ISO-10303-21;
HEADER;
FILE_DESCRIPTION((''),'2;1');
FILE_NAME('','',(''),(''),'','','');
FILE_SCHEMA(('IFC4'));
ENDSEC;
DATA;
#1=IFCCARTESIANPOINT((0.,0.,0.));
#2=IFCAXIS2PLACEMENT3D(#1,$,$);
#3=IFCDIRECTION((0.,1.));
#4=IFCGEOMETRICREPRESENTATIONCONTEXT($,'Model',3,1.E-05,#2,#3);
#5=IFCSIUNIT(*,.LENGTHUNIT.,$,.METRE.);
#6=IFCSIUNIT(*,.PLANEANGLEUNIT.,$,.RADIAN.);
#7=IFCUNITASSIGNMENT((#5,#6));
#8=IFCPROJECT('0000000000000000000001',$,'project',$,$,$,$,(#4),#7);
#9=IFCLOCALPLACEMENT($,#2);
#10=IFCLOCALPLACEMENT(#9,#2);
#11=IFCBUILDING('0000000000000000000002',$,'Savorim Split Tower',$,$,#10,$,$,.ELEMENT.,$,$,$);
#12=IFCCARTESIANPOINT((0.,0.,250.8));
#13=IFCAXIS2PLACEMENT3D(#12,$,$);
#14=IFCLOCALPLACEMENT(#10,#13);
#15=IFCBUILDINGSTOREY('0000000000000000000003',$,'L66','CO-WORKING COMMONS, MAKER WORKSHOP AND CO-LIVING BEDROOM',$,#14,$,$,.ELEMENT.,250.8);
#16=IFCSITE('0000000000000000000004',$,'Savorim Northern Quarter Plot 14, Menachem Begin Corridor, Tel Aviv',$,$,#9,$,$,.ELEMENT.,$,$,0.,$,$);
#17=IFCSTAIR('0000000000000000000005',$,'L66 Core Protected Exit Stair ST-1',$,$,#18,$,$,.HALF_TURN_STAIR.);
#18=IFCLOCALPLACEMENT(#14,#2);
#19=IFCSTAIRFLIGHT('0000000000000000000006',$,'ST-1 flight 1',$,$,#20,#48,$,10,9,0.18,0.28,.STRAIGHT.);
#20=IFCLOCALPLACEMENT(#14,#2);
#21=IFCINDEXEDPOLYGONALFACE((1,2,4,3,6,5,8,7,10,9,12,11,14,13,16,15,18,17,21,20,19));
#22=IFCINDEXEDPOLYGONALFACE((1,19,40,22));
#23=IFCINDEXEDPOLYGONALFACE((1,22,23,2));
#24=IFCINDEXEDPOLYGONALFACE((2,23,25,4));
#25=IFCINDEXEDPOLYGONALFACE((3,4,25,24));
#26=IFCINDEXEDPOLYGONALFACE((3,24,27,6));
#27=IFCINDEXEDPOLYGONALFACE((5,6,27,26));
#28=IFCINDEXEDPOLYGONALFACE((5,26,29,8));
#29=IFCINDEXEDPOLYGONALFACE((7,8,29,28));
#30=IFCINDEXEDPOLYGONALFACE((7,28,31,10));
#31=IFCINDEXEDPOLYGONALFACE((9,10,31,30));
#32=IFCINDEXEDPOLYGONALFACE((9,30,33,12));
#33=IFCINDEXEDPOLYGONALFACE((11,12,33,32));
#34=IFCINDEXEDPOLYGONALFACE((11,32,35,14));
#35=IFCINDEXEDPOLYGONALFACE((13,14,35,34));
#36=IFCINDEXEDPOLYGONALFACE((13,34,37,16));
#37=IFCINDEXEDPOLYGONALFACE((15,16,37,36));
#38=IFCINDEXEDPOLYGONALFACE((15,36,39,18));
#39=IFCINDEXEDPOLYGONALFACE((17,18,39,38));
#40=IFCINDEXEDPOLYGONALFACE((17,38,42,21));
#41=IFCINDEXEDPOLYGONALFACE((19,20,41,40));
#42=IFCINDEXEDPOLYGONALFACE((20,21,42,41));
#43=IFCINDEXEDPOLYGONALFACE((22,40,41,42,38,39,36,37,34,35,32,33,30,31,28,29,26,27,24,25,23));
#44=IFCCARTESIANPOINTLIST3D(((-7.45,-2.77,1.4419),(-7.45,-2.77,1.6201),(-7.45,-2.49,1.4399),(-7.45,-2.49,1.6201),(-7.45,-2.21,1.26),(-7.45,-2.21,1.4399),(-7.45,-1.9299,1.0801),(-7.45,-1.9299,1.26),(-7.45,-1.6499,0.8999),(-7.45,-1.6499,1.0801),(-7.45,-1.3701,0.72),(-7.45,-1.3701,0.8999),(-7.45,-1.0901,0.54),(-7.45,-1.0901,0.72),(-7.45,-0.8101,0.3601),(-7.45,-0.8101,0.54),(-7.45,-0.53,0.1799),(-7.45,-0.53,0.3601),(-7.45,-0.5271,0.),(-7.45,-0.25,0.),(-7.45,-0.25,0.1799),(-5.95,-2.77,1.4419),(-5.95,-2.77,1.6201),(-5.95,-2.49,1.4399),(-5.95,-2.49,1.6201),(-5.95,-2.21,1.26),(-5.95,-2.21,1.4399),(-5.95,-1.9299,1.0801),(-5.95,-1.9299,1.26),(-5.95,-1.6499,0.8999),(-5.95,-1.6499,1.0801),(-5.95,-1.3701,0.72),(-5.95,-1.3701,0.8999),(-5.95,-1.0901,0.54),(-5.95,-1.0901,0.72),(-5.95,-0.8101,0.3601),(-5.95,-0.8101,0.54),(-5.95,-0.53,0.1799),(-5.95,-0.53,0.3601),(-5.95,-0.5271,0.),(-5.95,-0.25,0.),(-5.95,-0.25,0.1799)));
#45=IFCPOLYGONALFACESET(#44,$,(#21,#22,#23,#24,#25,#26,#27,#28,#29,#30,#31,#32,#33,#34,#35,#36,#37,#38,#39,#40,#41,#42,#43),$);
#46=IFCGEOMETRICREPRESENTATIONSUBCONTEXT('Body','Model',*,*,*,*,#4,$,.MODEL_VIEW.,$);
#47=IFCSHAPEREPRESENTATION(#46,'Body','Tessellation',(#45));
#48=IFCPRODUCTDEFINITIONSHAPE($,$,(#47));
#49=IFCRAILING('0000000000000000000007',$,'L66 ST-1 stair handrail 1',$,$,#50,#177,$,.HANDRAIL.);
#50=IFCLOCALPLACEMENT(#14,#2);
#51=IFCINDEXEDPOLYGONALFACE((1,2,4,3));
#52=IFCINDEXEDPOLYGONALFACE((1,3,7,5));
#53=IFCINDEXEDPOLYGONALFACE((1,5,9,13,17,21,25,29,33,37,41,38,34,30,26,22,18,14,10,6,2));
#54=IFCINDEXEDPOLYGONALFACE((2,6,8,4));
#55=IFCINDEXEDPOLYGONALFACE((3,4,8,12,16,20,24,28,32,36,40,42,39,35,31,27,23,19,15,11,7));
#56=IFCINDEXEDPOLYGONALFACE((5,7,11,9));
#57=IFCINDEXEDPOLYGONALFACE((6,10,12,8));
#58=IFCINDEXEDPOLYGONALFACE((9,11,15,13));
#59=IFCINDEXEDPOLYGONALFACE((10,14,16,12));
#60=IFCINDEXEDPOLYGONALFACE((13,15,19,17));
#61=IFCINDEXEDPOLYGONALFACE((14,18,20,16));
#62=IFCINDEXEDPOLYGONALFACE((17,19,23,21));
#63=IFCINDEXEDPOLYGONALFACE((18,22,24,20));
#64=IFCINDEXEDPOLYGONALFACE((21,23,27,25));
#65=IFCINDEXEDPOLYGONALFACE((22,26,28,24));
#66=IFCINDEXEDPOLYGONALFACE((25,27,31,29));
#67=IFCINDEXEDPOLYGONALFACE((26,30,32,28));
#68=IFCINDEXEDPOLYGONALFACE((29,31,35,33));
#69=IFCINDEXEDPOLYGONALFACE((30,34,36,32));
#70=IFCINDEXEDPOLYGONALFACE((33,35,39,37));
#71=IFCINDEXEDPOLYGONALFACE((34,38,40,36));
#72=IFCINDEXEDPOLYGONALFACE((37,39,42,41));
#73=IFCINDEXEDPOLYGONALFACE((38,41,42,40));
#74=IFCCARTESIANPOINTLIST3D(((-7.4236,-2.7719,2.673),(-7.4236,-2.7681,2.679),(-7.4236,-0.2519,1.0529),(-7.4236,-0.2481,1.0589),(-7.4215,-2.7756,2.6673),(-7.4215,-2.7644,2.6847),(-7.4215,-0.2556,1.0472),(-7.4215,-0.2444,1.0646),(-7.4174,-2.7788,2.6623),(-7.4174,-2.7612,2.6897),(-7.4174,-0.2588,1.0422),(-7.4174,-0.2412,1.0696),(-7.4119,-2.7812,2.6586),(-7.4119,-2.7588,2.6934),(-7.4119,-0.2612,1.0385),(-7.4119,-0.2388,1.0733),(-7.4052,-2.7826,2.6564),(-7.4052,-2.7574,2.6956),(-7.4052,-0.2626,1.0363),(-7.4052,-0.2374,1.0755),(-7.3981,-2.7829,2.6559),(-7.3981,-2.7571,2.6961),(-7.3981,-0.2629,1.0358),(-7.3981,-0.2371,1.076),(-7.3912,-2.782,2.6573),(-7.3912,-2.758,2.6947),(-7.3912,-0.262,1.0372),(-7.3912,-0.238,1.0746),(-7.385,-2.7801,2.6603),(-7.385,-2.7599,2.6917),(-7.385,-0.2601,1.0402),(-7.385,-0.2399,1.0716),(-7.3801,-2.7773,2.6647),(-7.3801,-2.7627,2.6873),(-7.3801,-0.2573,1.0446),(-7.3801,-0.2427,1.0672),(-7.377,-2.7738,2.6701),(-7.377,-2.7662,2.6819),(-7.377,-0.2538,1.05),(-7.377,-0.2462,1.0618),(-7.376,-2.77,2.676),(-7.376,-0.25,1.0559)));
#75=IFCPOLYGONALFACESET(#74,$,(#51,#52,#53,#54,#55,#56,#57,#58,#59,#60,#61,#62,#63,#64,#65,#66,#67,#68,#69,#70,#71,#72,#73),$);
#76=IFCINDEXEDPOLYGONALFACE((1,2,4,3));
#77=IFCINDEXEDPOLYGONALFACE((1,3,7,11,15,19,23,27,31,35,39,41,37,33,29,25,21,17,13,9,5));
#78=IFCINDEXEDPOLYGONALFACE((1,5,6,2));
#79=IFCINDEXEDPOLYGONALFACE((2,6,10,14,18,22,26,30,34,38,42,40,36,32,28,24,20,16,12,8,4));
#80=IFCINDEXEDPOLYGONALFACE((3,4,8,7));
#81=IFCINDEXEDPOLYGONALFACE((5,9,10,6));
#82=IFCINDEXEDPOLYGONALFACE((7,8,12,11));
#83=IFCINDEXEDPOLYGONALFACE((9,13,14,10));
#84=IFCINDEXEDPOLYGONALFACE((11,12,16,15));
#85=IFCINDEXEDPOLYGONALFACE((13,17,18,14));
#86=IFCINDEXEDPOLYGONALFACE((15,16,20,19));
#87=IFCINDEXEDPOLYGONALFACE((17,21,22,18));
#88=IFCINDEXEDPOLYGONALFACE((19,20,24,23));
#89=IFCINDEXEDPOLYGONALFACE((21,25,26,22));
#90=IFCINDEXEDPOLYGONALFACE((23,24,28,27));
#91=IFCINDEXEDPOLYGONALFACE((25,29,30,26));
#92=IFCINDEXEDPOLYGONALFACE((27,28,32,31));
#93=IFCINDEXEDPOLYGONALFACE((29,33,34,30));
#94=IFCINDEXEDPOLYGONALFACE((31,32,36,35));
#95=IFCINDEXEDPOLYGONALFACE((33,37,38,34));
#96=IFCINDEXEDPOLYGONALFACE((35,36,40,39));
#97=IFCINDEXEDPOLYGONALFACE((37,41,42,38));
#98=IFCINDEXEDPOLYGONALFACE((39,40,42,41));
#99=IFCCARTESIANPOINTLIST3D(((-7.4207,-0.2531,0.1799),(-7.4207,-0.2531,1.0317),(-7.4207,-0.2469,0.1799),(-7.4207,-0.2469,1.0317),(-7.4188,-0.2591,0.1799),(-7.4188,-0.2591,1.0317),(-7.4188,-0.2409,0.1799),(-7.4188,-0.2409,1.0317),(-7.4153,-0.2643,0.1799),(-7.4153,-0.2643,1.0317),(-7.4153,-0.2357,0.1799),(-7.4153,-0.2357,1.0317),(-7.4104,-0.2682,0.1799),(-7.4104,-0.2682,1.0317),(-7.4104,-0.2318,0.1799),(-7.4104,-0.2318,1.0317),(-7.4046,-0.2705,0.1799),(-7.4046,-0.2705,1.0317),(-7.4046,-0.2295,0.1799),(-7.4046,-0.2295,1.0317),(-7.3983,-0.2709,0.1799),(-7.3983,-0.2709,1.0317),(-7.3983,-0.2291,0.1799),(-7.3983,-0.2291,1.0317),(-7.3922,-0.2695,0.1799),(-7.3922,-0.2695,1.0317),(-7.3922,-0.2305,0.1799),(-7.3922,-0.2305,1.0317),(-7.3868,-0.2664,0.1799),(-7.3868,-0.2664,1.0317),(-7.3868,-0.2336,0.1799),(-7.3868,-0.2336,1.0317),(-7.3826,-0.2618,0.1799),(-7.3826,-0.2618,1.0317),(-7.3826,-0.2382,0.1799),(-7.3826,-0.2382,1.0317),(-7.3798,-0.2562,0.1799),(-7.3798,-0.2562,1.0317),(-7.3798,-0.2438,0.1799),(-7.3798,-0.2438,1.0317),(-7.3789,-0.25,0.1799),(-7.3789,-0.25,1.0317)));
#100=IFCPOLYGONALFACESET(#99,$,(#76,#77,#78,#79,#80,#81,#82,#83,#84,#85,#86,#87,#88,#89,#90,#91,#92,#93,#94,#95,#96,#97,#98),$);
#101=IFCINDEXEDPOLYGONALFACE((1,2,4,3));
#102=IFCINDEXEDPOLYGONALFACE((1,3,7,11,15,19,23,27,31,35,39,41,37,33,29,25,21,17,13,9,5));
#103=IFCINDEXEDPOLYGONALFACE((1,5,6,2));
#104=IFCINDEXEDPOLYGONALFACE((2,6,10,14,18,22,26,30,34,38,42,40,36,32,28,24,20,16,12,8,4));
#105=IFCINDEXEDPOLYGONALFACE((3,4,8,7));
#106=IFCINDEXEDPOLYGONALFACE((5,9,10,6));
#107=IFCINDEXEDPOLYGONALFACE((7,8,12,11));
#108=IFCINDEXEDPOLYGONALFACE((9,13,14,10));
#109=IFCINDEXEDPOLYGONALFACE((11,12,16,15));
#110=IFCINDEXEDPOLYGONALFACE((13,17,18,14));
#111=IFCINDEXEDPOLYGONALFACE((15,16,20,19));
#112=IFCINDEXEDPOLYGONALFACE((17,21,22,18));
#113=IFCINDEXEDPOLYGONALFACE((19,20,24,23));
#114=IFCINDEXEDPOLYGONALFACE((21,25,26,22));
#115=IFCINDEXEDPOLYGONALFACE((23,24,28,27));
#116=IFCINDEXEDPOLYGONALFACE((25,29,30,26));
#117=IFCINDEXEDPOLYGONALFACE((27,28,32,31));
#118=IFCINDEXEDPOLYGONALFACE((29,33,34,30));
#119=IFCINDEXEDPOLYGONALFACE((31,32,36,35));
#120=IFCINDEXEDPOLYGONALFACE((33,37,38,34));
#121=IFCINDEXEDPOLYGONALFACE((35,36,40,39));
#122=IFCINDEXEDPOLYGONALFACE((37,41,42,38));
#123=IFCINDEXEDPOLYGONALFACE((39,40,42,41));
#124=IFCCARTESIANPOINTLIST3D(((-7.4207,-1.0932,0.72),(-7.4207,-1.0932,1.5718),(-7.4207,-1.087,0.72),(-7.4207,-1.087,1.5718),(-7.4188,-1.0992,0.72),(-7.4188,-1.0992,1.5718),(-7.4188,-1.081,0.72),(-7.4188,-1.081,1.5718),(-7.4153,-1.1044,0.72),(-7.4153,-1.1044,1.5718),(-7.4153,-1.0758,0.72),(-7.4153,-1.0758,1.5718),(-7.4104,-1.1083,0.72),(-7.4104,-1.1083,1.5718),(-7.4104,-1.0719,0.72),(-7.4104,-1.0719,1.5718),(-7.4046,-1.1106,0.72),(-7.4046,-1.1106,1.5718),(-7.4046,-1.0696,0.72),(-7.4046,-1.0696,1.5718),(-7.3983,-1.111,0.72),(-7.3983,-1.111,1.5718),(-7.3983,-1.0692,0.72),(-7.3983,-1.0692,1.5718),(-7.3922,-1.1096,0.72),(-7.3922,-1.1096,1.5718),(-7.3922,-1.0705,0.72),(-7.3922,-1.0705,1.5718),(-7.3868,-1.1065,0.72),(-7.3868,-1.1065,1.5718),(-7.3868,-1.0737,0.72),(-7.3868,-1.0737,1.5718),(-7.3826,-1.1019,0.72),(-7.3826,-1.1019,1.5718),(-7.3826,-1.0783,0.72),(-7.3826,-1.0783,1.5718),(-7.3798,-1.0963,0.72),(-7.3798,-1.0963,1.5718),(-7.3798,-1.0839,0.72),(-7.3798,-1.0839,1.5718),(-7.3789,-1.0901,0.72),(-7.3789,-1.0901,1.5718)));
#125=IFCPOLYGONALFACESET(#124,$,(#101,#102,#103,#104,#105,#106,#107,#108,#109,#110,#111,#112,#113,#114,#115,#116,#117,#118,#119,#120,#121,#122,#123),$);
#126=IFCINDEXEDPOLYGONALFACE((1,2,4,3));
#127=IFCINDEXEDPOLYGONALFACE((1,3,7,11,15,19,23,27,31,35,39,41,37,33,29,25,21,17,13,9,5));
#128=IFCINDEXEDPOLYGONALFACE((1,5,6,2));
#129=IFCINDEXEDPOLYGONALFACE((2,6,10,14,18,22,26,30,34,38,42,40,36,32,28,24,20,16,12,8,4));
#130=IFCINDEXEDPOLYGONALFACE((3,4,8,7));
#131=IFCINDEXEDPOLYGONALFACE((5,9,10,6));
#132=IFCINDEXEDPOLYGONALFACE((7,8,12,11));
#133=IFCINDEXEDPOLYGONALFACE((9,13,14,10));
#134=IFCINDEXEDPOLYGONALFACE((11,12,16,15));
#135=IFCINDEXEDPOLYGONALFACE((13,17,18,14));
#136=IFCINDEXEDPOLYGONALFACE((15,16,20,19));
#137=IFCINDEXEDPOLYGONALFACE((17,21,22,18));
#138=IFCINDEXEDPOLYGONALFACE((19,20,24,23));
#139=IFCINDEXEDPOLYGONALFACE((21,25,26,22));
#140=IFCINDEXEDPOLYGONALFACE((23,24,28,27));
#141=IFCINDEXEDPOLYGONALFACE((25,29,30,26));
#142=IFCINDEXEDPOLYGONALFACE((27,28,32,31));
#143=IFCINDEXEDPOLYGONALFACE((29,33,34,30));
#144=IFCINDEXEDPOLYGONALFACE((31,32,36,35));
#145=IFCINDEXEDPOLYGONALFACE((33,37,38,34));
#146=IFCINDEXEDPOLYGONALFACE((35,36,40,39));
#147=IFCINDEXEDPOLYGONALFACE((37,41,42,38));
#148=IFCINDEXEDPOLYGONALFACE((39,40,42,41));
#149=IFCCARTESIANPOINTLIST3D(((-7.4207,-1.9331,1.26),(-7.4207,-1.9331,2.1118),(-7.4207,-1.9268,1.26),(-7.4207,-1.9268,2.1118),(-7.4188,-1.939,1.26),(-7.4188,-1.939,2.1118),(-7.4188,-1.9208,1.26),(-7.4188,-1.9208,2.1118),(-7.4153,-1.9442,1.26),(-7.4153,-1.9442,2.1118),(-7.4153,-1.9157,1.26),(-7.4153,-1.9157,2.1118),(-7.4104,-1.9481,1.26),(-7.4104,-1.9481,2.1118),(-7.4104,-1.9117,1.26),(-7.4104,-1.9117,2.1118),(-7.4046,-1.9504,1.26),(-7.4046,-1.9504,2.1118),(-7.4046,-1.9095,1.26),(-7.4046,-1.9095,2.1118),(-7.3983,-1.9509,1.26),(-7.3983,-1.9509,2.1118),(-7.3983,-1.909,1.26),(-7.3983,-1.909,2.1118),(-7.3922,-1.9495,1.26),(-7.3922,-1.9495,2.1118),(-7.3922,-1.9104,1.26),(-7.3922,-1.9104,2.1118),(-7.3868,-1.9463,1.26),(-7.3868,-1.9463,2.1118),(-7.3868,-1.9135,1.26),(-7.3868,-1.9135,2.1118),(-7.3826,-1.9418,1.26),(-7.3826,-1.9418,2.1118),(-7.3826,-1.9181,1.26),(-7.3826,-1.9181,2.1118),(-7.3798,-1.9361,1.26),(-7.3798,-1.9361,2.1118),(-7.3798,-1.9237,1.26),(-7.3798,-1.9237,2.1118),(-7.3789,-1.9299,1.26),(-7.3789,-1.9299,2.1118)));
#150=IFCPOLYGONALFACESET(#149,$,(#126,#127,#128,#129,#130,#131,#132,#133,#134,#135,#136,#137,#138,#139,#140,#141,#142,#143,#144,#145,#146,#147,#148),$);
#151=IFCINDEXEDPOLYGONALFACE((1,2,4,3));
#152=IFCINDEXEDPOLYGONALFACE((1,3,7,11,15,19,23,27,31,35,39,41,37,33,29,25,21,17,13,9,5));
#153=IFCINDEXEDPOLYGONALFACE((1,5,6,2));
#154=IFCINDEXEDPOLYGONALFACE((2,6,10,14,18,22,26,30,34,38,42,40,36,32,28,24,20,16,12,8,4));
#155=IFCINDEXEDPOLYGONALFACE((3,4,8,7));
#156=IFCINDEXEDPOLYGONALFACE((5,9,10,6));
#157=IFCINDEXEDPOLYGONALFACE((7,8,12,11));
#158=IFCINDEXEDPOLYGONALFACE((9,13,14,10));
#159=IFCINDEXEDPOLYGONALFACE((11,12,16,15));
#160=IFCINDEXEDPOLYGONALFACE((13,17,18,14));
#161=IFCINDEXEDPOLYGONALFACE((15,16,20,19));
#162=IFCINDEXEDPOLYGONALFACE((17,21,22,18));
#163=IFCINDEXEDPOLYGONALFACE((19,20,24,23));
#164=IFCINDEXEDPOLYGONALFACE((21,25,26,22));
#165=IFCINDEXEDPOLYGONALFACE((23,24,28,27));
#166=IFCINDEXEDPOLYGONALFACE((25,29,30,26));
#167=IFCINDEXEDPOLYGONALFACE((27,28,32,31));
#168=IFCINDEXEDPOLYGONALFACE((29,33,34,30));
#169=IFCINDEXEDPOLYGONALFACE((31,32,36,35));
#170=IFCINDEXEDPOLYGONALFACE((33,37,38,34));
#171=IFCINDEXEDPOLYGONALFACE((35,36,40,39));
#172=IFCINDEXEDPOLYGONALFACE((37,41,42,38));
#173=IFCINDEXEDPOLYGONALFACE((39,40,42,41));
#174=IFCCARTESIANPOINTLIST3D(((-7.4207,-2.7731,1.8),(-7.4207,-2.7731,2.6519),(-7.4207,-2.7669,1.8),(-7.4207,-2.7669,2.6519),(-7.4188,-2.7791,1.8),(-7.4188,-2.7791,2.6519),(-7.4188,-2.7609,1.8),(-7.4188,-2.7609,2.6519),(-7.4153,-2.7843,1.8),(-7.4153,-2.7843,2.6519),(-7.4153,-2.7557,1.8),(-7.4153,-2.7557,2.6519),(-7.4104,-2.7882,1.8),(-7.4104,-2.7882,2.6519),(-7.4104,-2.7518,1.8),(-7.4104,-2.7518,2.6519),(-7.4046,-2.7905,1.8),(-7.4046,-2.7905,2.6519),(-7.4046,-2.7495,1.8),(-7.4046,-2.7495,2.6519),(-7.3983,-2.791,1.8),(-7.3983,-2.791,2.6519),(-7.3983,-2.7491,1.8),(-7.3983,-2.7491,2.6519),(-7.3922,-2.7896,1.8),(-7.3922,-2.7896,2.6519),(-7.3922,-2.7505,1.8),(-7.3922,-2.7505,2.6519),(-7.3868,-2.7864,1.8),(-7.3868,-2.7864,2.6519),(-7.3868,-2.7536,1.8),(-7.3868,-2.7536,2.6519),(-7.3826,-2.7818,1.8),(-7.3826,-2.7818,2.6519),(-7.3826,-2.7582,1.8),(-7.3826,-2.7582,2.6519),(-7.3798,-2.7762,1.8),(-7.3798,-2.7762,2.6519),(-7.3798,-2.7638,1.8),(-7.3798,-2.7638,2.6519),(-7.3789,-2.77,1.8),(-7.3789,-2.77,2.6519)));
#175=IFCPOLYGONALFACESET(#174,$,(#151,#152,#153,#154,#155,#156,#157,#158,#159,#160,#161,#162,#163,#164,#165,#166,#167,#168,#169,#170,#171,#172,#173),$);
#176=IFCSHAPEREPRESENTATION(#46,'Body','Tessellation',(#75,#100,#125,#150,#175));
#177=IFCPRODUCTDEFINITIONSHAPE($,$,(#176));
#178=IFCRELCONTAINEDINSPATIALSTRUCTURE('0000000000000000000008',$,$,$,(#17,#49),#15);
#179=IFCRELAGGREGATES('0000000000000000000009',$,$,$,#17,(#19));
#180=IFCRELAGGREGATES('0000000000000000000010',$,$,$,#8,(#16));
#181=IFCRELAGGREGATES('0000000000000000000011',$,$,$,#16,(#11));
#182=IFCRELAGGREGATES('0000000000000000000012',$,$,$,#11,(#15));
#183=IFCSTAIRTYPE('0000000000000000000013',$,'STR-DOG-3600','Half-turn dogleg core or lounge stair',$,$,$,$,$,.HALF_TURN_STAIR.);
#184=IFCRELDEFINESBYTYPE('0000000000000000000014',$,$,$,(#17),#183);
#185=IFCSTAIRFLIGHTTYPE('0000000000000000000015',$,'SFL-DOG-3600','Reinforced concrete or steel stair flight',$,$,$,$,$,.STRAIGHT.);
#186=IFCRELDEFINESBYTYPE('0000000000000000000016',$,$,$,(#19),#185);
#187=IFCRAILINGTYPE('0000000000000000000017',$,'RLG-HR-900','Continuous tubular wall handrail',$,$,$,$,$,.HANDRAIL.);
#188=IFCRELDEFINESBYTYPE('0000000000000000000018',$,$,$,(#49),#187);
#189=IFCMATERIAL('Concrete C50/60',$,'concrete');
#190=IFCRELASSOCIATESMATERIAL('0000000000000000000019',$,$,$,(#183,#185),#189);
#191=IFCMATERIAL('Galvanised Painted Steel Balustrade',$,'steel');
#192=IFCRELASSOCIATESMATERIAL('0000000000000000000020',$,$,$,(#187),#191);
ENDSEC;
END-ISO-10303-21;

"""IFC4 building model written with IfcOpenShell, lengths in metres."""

from ifc_helpers import new_model, si_unit, direction, frame, origin, origin_2d, place, context, subcontext, project, spatial, polyline, circle, outline, extrude, material, type_object, element, aggregate, save


model = new_model("IFC4")

# Units and contexts
model_context = context("Model", 3, precision=1e-05, world=origin(), true_north=direction((0.0, 1.0)))
body_context = subcontext(model_context, "Body", "Model", "MODEL_VIEW")
ifc_project = project(units=[si_unit("LENGTHUNIT", "METRE"), si_unit("PLANEANGLEUNIT", "RADIAN")], contexts=[model_context])

# Site, building, storey
site_placement = place(None, origin())
site = spatial("IfcSite", under=ifc_project, at=site_placement, Name="Savorim Northern Quarter Plot 14, Menachem Begin Corridor, Tel Aviv", CompositionType="ELEMENT", RefElevation=0.0)
building_placement = place(site_placement, origin())
building = spatial("IfcBuilding", under=site, at=building_placement, Name="Savorim Split Tower", CompositionType="ELEMENT")
storey_placement = place(building_placement, frame((0.0, 0.0, 250.8)))
storey = spatial("IfcBuildingStorey", under=building, at=storey_placement, Name="L66", Description="CO-WORKING COMMONS, MAKER WORKSHOP AND CO-LIVING BEDROOM", CompositionType="ELEMENT", Elevation=250.8)

# Shared definitions
ifc_material_1 = material(Name="Concrete C50/60", Category="concrete")

# Stair, stair flight
stair_type = type_object("IfcStairType", Name="STR-DOG-3600", Description="Half-turn dogleg core or lounge stair", PredefinedType="HALF_TURN_STAIR", material=ifc_material_1)
stair_placement = place(storey_placement, origin())
stair = element("IfcStair", 1, at=stair_placement, inside=storey, type_object=stair_type, Name="L66 Core Protected Exit Stair ST-1", PredefinedType="HALF_TURN_STAIR")
stair_flight_type = type_object("IfcStairFlightType", Name="SFL-DOG-3600", Description="Reinforced concrete or steel stair flight", PredefinedType="STRAIGHT", material=ifc_material_1)
stair_flight_placement = place(storey_placement, frame((-6.7, -0.25, 0.0), z_axis=(0.0, 0.0, 1.0), x_axis=(0.0, -1.0, 0.0)))
stair_flight = element("IfcStairFlight", 2, at=stair_flight_placement, type_object=stair_flight_type, Name="ST-1 flight 1", NumberOfRisers=10, NumberOfTreads=9, PredefinedType="STRAIGHT", RiserHeight=0.18, TreadLength=0.28, context=body_context, shape_type="SweptSolid", body=[
    extrude(outline(polyline([(0.0, 0.0), (0.0, 0.1799), (0.28, 0.1799), (0.28, 0.3601), (0.5601, 0.3601), (0.5601, 0.54), (0.8401, 0.54), (0.8401, 0.72), (1.1201, 0.72), (1.1201, 0.8999), (1.3999, 0.8999), (1.3999, 1.0801), (1.6799, 1.0801), (1.6799, 1.26), (1.96, 1.26), (1.96, 1.4399), (2.24, 1.4399), (2.24, 1.6201), (2.52, 1.6201), (2.52, 1.8), (2.52, 1.4419), (0.2771, 0.0), (0.0, 0.0)])), frame((0.0, 0.75, 0.0), z_axis=(0.0, -1.0, 0.0), x_axis=(1.0, 0.0, 0.0)), (0.0, 0.0, 1.0), 1.5),
])
aggregate(stair, [stair_flight])

# Railing
ifc_material_2 = material(Name="Galvanised Painted Steel Balustrade", Category="steel")
railing_type_1 = type_object("IfcRailingType", Name="RLG-HR-900", Description="Continuous tubular wall handrail", PredefinedType="HANDRAIL", material=ifc_material_2)
railing_1_placement = place(storey_placement, frame((-7.3999, -0.25, 0.1799)))
element("IfcRailing", 3, at=railing_1_placement, inside=storey, type_object=railing_type_1, Name="L66 ST-1 stair handrail 1", PredefinedType="HANDRAIL", context=body_context, shape_type="SweptSolid", body=[
    extrude(circle(Radius=0.0239, at=origin_2d()), frame((0.0, 0.0, 0.876), z_axis=(0.0, -0.841163, 0.540782), x_axis=(1.0, 0.0, 0.0)), (0.0, 0.0, 1.0), 2.9958),
    extrude(circle(Radius=0.021, at=origin_2d()), origin(), (0.0, 0.0, 1.0), 0.8518),
    extrude(circle(Radius=0.021, at=origin_2d()), frame((0.0, -0.8401, 0.54)), (0.0, 0.0, 1.0), 0.8518),
    extrude(circle(Radius=0.021, at=origin_2d()), frame((0.0, -1.6799, 1.0801)), (0.0, 0.0, 1.0), 0.8518),
    extrude(circle(Radius=0.021, at=origin_2d()), frame((0.0, -2.52, 1.6201)), (0.0, 0.0, 1.0), 0.8518),
])

save(model, "model.ifc")
